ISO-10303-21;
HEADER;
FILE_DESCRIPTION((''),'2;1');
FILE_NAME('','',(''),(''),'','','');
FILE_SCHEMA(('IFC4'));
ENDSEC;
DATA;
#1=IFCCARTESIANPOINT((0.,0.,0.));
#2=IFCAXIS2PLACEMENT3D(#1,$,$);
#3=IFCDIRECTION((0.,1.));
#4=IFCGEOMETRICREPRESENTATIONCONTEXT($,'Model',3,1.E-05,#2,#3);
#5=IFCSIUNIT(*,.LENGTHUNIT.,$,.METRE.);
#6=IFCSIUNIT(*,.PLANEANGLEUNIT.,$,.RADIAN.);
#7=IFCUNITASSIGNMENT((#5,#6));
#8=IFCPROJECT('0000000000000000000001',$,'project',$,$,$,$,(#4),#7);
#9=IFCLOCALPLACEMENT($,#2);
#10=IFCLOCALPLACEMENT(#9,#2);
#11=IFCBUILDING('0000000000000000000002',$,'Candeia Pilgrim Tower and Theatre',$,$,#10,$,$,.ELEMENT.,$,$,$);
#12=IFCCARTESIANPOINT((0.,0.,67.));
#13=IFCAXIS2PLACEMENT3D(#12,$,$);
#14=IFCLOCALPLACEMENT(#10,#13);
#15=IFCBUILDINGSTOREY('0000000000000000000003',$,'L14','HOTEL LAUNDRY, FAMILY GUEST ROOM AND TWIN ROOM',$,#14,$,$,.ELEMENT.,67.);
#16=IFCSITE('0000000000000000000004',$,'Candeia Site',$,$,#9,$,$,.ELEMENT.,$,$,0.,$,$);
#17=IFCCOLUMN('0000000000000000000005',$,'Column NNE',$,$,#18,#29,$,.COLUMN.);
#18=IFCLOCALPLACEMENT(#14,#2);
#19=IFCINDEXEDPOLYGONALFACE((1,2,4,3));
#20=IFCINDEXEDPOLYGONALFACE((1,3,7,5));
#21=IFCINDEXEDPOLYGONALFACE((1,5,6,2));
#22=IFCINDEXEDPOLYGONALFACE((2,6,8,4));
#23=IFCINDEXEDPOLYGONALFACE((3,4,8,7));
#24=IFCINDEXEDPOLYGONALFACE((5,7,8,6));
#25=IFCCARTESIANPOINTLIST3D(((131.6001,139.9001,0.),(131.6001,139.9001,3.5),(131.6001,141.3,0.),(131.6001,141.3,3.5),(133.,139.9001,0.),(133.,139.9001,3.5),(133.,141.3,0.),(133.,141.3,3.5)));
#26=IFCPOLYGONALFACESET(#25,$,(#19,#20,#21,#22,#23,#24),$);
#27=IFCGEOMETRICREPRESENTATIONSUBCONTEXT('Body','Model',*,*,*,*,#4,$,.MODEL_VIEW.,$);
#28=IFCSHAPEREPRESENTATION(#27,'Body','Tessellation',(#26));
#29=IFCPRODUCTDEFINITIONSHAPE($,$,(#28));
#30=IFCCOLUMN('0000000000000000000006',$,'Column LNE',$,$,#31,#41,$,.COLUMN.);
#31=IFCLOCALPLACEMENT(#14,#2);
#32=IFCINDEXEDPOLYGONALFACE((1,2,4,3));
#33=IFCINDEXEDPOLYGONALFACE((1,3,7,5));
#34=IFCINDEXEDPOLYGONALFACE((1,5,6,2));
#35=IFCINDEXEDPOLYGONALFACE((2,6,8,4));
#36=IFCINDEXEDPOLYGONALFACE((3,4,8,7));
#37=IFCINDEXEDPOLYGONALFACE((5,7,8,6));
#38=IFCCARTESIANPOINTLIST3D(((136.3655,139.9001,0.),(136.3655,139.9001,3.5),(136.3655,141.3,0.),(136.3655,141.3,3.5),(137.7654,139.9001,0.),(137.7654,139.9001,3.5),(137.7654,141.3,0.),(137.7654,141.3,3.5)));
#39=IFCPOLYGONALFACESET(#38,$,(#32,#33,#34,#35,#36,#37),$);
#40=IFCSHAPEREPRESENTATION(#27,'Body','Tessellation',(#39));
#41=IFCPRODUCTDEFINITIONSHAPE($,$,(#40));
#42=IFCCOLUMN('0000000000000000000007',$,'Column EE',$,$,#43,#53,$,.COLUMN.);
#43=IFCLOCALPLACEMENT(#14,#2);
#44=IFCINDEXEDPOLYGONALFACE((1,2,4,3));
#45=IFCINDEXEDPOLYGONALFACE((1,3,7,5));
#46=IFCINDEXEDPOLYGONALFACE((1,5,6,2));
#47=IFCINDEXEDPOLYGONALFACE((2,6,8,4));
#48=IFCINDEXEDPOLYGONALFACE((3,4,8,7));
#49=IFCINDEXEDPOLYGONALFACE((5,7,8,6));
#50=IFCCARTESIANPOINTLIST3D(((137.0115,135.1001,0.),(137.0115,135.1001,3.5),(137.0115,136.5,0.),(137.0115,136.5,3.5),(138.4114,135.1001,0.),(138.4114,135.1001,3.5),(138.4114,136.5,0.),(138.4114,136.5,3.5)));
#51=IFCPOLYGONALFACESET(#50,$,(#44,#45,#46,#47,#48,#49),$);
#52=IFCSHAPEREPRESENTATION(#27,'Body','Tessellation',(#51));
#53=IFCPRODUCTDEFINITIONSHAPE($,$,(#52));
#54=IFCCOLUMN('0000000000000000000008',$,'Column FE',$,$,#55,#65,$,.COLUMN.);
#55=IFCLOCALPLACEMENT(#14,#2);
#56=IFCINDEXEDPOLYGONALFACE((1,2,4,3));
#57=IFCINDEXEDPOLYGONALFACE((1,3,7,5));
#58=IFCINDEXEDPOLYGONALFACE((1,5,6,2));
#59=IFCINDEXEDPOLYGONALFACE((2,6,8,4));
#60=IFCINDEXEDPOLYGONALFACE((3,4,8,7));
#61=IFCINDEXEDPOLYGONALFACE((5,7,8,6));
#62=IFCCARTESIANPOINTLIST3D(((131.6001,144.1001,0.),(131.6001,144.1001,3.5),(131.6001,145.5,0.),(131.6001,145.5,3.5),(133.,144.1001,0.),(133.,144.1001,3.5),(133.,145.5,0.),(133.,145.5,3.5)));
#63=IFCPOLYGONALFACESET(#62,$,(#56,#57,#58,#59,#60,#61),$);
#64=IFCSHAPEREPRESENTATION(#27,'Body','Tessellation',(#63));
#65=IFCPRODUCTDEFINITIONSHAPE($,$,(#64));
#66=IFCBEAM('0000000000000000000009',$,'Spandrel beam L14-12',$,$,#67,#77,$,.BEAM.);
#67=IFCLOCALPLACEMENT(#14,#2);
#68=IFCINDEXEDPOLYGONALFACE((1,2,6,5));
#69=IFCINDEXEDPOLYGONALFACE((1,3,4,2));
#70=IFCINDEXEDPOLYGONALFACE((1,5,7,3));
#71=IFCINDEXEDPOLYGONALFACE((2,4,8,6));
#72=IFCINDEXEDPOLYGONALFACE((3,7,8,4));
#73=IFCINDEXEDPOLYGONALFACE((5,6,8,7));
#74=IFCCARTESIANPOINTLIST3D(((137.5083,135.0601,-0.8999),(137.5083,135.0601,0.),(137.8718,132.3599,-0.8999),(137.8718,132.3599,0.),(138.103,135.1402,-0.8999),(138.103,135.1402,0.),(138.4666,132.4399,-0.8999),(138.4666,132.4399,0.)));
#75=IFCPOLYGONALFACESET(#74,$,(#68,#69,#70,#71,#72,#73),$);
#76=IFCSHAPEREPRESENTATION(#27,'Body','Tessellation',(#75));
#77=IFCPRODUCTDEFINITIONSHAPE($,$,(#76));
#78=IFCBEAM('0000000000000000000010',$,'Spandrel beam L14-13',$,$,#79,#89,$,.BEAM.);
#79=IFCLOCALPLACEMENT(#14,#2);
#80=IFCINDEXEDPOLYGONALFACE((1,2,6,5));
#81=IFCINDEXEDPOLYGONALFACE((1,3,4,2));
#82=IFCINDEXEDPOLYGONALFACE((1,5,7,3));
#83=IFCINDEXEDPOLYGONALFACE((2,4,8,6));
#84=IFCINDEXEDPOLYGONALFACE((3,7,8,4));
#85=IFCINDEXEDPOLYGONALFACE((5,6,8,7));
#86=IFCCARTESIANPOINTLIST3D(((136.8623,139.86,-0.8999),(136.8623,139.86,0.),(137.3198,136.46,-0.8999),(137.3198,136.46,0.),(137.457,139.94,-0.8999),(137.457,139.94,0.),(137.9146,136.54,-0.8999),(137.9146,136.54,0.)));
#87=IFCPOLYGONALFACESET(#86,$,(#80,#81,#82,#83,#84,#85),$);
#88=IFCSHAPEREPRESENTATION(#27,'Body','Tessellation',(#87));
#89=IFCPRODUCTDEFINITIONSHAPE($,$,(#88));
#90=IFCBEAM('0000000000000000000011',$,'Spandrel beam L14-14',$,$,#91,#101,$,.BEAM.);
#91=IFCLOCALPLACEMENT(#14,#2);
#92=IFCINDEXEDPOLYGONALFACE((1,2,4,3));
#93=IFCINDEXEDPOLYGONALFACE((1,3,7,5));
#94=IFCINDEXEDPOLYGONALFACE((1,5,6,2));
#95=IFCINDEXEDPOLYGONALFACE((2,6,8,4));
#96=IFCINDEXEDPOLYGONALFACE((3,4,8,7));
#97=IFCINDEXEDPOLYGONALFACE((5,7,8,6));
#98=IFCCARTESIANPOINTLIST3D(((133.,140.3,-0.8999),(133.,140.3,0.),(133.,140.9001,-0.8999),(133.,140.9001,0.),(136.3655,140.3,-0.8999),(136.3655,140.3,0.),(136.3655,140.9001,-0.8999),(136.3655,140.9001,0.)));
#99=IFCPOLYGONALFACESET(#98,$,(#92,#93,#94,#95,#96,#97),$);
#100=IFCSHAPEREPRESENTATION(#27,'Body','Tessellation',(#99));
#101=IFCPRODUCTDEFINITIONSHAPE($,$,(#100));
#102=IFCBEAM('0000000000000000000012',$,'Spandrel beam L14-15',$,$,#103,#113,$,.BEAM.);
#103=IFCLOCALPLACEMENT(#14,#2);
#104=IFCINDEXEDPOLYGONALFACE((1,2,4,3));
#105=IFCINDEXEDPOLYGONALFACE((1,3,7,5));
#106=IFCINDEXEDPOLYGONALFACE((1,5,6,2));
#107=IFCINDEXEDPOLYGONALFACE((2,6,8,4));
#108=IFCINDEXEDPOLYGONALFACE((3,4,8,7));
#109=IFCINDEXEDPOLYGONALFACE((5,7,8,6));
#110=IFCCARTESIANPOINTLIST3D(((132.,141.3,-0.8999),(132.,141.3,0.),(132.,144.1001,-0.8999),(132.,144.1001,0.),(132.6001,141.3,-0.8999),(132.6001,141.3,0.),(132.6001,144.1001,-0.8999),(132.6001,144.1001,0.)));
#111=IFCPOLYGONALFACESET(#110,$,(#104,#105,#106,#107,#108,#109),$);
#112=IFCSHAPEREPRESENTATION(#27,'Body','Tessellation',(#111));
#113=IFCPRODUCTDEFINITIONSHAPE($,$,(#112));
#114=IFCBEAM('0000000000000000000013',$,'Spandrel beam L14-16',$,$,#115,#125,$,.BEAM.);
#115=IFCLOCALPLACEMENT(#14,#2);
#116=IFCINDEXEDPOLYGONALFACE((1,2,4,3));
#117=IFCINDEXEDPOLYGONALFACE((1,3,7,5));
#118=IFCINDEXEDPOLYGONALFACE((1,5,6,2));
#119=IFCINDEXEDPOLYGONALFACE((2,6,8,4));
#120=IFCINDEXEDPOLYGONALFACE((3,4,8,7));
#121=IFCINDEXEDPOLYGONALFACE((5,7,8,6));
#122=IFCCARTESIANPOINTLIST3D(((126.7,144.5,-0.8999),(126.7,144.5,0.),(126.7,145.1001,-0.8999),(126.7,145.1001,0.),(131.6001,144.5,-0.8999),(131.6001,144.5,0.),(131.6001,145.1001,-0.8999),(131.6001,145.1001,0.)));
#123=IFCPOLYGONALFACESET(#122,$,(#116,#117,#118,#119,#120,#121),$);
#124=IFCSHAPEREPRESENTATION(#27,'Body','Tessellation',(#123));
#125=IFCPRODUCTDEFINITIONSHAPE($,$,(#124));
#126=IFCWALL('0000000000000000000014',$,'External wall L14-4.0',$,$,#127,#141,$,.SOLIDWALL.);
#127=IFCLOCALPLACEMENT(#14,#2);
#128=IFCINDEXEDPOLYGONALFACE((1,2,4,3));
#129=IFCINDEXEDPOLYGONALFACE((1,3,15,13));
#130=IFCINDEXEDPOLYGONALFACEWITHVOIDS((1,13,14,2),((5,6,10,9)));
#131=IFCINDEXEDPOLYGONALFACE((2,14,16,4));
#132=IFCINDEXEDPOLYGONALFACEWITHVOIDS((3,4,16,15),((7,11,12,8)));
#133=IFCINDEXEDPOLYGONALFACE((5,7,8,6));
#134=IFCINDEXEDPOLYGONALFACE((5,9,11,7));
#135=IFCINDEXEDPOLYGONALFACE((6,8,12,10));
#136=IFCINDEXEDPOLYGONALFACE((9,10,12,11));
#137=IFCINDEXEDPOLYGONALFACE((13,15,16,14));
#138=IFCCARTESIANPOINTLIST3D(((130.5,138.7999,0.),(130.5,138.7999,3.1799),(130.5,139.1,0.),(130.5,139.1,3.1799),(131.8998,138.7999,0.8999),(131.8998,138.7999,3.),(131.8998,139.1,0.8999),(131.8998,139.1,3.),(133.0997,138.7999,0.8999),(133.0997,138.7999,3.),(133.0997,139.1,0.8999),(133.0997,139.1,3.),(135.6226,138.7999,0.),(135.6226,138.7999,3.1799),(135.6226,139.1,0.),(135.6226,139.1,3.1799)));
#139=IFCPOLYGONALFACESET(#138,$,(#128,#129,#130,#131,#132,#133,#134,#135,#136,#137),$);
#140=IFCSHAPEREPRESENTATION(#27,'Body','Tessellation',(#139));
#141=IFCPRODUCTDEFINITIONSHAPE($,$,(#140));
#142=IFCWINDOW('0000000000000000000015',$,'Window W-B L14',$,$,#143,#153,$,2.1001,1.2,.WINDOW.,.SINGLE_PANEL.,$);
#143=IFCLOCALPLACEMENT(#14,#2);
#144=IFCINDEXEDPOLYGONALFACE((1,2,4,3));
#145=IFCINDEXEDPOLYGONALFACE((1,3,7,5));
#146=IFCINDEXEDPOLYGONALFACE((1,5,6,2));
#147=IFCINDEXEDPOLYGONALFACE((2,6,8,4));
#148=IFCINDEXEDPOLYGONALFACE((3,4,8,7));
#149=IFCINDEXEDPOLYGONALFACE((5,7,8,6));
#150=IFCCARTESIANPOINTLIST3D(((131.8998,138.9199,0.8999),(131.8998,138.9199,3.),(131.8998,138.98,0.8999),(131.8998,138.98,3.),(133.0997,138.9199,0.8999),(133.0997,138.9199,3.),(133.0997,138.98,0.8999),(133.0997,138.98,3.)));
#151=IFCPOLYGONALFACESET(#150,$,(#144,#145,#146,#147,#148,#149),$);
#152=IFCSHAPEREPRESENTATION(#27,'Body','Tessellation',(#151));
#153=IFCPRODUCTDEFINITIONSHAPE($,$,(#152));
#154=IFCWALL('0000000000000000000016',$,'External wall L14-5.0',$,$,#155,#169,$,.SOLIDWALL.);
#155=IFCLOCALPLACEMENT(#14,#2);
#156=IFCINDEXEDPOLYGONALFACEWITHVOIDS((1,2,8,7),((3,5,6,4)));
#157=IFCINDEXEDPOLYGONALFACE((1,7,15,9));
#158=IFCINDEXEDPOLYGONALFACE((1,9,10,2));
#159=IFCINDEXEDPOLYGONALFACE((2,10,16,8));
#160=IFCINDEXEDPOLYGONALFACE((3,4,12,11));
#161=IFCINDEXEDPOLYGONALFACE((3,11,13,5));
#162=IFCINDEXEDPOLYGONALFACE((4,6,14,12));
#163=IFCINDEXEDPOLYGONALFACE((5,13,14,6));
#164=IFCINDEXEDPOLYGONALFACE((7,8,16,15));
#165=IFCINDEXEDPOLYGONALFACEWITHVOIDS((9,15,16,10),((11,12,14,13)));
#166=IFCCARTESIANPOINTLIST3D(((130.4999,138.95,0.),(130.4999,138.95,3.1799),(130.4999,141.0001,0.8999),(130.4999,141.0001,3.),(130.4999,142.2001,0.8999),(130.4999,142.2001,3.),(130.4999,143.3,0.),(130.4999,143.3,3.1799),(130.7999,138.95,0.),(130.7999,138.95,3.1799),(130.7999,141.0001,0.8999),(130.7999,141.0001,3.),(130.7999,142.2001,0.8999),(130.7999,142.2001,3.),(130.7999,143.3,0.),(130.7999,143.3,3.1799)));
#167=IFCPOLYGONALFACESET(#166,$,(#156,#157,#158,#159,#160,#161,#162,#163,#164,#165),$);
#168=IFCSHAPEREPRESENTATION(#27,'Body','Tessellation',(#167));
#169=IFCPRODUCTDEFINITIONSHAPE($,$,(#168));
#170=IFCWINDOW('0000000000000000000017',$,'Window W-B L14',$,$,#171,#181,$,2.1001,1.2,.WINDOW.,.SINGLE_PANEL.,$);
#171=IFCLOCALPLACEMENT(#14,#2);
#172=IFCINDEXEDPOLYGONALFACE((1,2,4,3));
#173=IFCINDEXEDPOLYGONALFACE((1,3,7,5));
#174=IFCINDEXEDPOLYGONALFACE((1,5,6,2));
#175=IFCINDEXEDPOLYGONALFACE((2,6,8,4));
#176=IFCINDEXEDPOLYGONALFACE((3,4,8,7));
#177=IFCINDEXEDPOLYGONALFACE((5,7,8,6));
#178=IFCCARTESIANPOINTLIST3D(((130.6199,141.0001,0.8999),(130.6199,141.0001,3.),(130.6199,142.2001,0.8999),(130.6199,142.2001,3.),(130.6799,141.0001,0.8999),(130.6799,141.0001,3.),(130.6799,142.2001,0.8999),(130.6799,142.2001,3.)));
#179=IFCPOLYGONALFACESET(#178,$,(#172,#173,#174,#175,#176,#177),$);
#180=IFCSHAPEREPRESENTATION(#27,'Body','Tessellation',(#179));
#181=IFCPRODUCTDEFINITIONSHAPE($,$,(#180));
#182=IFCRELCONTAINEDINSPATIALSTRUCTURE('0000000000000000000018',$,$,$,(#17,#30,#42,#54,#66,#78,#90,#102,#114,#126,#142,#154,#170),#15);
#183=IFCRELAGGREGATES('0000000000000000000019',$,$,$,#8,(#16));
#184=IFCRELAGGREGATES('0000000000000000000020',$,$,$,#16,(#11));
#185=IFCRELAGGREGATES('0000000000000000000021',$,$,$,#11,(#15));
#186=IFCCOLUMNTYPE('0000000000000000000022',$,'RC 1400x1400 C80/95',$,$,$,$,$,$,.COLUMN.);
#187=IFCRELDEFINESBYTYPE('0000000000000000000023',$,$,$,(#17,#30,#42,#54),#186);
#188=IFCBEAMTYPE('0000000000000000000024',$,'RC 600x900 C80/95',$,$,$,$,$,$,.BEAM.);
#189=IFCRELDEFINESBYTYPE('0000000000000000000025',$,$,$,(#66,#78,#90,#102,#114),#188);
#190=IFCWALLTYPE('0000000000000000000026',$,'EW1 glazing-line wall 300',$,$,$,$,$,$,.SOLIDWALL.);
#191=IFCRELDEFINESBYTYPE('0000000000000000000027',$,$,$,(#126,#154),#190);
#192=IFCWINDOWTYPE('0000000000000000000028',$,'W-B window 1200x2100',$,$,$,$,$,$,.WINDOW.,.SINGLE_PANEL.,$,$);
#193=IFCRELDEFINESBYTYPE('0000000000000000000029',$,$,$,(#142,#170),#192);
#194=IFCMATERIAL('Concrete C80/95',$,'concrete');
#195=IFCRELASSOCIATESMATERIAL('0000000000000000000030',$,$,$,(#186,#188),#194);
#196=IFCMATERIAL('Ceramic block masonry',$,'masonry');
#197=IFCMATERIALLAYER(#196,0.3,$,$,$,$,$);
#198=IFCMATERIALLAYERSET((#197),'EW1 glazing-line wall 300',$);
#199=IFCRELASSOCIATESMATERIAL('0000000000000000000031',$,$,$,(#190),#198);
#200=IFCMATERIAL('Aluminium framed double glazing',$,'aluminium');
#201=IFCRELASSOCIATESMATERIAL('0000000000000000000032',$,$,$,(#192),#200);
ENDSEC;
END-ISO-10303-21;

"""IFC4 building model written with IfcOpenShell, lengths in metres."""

from ifc_helpers import new_model, si_unit, direction, frame, frame_2d, origin, origin_2d, place, context, subcontext, project, spatial, rectangle, extrude, material, layer, layer_set, material_profile, profile_set, type_object, element, fill, save


model = new_model("IFC4")

# Units and contexts
model_context = context("Model", 3, precision=1e-05, world=origin(), true_north=direction((0.0, 1.0)))
body_context = subcontext(model_context, "Body", "Model", "MODEL_VIEW")
ifc_project = project(units=[si_unit("LENGTHUNIT", "METRE"), si_unit("PLANEANGLEUNIT", "RADIAN")], contexts=[model_context])

# Site, building, storey
site_placement = place(None, origin())
site = spatial("IfcSite", under=ifc_project, at=site_placement, Name="Candeia Site", CompositionType="ELEMENT", RefElevation=0.0)
building_placement = place(site_placement, origin())
building = spatial("IfcBuilding", under=site, at=building_placement, Name="Candeia Pilgrim Tower and Theatre", CompositionType="ELEMENT")
storey_placement = place(building_placement, frame((0.0, 0.0, 67.0)))
storey = spatial("IfcBuildingStorey", under=building, at=storey_placement, Name="L14", Description="HOTEL LAUNDRY, FAMILY GUEST ROOM AND TWIN ROOM", CompositionType="ELEMENT", Elevation=67.0)

# Columns
ifc_material_1 = material(Name="Concrete C80/95", Category="concrete")
ifc_material_profile_1 = material_profile(ifc_material_1, rectangle(XDim=1.3999, YDim=1.3999, at=origin_2d()))
ifc_profile_set_1 = profile_set([ifc_material_profile_1], Name="Concrete C80/95")
column_type = type_object("IfcColumnType", Name="RC 1400x1400 C80/95", PredefinedType="COLUMN", material=ifc_profile_set_1)
for number, where, z_axis, x_axis, name in (
    (1, (132.3, 140.6001, 0.0), (0.0, 0.0, 1.0), (1.0, 0.0, 0.0), "Column NNE"),
    (2, (137.0654, 140.6001, 0.0), (0.0, 0.0, 1.0), (1.0, 0.0, 0.0), "Column LNE"),
    (3, (137.7114, 135.8, 0.0), (0.0, 0.0, 1.0), (1.0, 0.0, 0.0), "Column EE"),
    (4, (132.3, 144.8, 0.0), (0.0, 0.0, 1.0), (1.0, 0.0, 0.0), "Column FE"),
):
    element("IfcColumn", number, at=place(storey_placement, frame(where, z_axis=z_axis, x_axis=x_axis)), inside=storey, type_object=column_type, Name=name, PredefinedType="COLUMN", context=body_context, shape_type="SweptSolid", body=[
        extrude(rectangle(XDim=1.3999, YDim=1.3999, at=origin_2d()), origin(), (0.0, 0.0, 1.0), 3.5),
    ])

# Beams
ifc_material_profile_2 = material_profile(ifc_material_1, rectangle(XDim=0.6001, YDim=0.8999, at=origin_2d()))
ifc_profile_set_2 = profile_set([ifc_material_profile_2], Name="Concrete C80/95")
beam_type = type_object("IfcBeamType", Name="RC 600x900 C80/95", PredefinedType="BEAM", material=ifc_profile_set_2)
beam_1_placement = place(storey_placement, frame((138.1692, 132.3999, -0.45), z_axis=(-0.133426, 0.991059, 0.0), x_axis=(-0.991059, -0.133426, 0.0)))
element("IfcBeam", 5, at=beam_1_placement, inside=storey, type_object=beam_type, Name="Spandrel beam L14-12", PredefinedType="BEAM", context=body_context, shape_type="SweptSolid", body=[
    extrude(rectangle(XDim=0.6001, YDim=0.8999, at=origin_2d()), origin(), (0.0, 0.0, 1.0), 2.7246),
])
beam_2_placement = place(storey_placement, frame((137.6172, 136.5, -0.45), z_axis=(-0.133366, 0.991067, 0.0), x_axis=(-0.991067, -0.133366, 0.0)))
element("IfcBeam", 6, at=beam_2_placement, inside=storey, type_object=beam_type, Name="Spandrel beam L14-13", PredefinedType="BEAM", context=body_context, shape_type="SweptSolid", body=[
    extrude(rectangle(XDim=0.6001, YDim=0.8999, at=origin_2d()), origin(), (0.0, 0.0, 1.0), 3.4307),
])
beam_3_placement = place(storey_placement, frame((136.3655, 140.6001, -0.45), z_axis=(-1.0, 0.0, 0.0), x_axis=(0.0, -1.0, 0.0)))
element("IfcBeam", 7, at=beam_3_placement, inside=storey, type_object=beam_type, Name="Spandrel beam L14-14", PredefinedType="BEAM", context=body_context, shape_type="SweptSolid", body=[
    extrude(rectangle(XDim=0.6001, YDim=0.8999, at=origin_2d()), origin(), (0.0, 0.0, 1.0), 3.3655),
])
beam_4_placement = place(storey_placement, frame((132.3, 141.3, -0.45), z_axis=(0.0, 1.0, 0.0), x_axis=(-1.0, 0.0, 0.0)))
element("IfcBeam", 8, at=beam_4_placement, inside=storey, type_object=beam_type, Name="Spandrel beam L14-15", PredefinedType="BEAM", context=body_context, shape_type="SweptSolid", body=[
    extrude(rectangle(XDim=0.6001, YDim=0.8999, at=origin_2d()), origin(), (0.0, 0.0, 1.0), 2.8),
])
beam_5_placement = place(storey_placement, frame((131.6001, 144.8, -0.45), z_axis=(-1.0, 0.0, 0.0), x_axis=(0.0, -1.0, 0.0)))
element("IfcBeam", 9, at=beam_5_placement, inside=storey, type_object=beam_type, Name="Spandrel beam L14-16", PredefinedType="BEAM", context=body_context, shape_type="SweptSolid", body=[
    extrude(rectangle(XDim=0.6001, YDim=0.8999, at=origin_2d()), origin(), (0.0, 0.0, 1.0), 4.9001),
])

# Shared definitions
ifc_material_2 = material(Name="Ceramic block masonry", Category="masonry")
ifc_layer_1 = layer(ifc_material_2, 0.3)
ifc_layer_set_1 = layer_set([ifc_layer_1], Name="EW1 glazing-line wall 300")
wall_type_1 = type_object("IfcWallType", Name="EW1 glazing-line wall 300", PredefinedType="SOLIDWALL", material=ifc_layer_set_1)
ifc_material_3 = material(Name="Aluminium framed double glazing", Category="aluminium")

# Walls, openings, windows
wall_1_placement = place(storey_placement, frame((135.6226, 138.95, 0.0), z_axis=(0.0, 0.0, 1.0), x_axis=(-1.0, 0.0, 0.0)))
wall_1 = element("IfcWall", 10, at=wall_1_placement, inside=storey, type_object=wall_type_1, Name="External wall L14-4.0", PredefinedType="SOLIDWALL", context=body_context, shape_type="SweptSolid", body=[
    extrude(rectangle(XDim=5.1226, YDim=0.3, at=frame_2d((2.5613, 0.0))), origin(), (0.0, 0.0, 1.0), 3.1799),
])
opening_1_placement = place(wall_1_placement, frame((2.5227, 0.0, 0.8999)))
opening_1 = element("IfcOpeningElement", 11, at=opening_1_placement, cuts=wall_1, PredefinedType="OPENING", context=body_context, shape_type="SweptSolid", body=[
    extrude(rectangle(XDim=1.2, YDim=2.1001, at=frame_2d((0.6001, 1.05))), frame((0.0, 0.1602, 0.0), z_axis=(0.0, -1.0, 0.0), x_axis=(1.0, 0.0, 0.0)), (0.0, 0.0, 1.0), 0.3201),
])
window_type_1 = type_object("IfcWindowType", Name="W-B window 1200x2100", PartitioningType="SINGLE_PANEL", PredefinedType="WINDOW", material=ifc_material_3)
window_1_placement = place(opening_1_placement, origin())
window_1 = element("IfcWindow", 12, at=window_1_placement, inside=storey, type_object=window_type_1, Name="Window W-B L14", OverallHeight=2.1001, OverallWidth=1.2, PartitioningType="SINGLE_PANEL", PredefinedType="WINDOW", context=body_context, shape_type="SweptSolid", body=[
    extrude(rectangle(XDim=1.2, YDim=2.1001, at=frame_2d((0.6001, 1.05))), frame((0.0, 0.03, 0.0), z_axis=(0.0, -1.0, 0.0), x_axis=(1.0, 0.0, 0.0)), (0.0, 0.0, 1.0), 0.0601),
])
fill(opening_1, window_1)
wall_2_placement = place(storey_placement, frame((130.6499, 138.95, 0.0), z_axis=(0.0, 0.0, 1.0), x_axis=(0.0, 1.0, 0.0)))
wall_2 = element("IfcWall", 13, at=wall_2_placement, inside=storey, type_object=wall_type_1, Name="External wall L14-5.0", PredefinedType="SOLIDWALL", context=body_context, shape_type="SweptSolid", body=[
    extrude(rectangle(XDim=4.3501, YDim=0.3, at=frame_2d((2.175, 0.0))), origin(), (0.0, 0.0, 1.0), 3.1799),
])
opening_2_placement = place(wall_2_placement, frame((2.05, 0.0, 0.8999)))
opening_2 = element("IfcOpeningElement", 14, at=opening_2_placement, cuts=wall_2, PredefinedType="OPENING", context=body_context, shape_type="SweptSolid", body=[
    extrude(rectangle(XDim=1.2, YDim=2.1001, at=frame_2d((0.6001, 1.05))), frame((0.0, 0.1602, 0.0), z_axis=(0.0, -1.0, 0.0), x_axis=(1.0, 0.0, 0.0)), (0.0, 0.0, 1.0), 0.3201),
])
window_2_placement = place(opening_2_placement, origin())
window_2 = element("IfcWindow", 15, at=window_2_placement, inside=storey, type_object=window_type_1, Name="Window W-B L14", OverallHeight=2.1001, OverallWidth=1.2, PartitioningType="SINGLE_PANEL", PredefinedType="WINDOW", context=body_context, shape_type="SweptSolid", body=[
    extrude(rectangle(XDim=1.2, YDim=2.1001, at=frame_2d((0.6001, 1.05))), frame((0.0, 0.03, 0.0), z_axis=(0.0, -1.0, 0.0), x_axis=(1.0, 0.0, 0.0)), (0.0, 0.0, 1.0), 0.0601),
])
fill(opening_2, window_2)

save(model, "model.ifc")
